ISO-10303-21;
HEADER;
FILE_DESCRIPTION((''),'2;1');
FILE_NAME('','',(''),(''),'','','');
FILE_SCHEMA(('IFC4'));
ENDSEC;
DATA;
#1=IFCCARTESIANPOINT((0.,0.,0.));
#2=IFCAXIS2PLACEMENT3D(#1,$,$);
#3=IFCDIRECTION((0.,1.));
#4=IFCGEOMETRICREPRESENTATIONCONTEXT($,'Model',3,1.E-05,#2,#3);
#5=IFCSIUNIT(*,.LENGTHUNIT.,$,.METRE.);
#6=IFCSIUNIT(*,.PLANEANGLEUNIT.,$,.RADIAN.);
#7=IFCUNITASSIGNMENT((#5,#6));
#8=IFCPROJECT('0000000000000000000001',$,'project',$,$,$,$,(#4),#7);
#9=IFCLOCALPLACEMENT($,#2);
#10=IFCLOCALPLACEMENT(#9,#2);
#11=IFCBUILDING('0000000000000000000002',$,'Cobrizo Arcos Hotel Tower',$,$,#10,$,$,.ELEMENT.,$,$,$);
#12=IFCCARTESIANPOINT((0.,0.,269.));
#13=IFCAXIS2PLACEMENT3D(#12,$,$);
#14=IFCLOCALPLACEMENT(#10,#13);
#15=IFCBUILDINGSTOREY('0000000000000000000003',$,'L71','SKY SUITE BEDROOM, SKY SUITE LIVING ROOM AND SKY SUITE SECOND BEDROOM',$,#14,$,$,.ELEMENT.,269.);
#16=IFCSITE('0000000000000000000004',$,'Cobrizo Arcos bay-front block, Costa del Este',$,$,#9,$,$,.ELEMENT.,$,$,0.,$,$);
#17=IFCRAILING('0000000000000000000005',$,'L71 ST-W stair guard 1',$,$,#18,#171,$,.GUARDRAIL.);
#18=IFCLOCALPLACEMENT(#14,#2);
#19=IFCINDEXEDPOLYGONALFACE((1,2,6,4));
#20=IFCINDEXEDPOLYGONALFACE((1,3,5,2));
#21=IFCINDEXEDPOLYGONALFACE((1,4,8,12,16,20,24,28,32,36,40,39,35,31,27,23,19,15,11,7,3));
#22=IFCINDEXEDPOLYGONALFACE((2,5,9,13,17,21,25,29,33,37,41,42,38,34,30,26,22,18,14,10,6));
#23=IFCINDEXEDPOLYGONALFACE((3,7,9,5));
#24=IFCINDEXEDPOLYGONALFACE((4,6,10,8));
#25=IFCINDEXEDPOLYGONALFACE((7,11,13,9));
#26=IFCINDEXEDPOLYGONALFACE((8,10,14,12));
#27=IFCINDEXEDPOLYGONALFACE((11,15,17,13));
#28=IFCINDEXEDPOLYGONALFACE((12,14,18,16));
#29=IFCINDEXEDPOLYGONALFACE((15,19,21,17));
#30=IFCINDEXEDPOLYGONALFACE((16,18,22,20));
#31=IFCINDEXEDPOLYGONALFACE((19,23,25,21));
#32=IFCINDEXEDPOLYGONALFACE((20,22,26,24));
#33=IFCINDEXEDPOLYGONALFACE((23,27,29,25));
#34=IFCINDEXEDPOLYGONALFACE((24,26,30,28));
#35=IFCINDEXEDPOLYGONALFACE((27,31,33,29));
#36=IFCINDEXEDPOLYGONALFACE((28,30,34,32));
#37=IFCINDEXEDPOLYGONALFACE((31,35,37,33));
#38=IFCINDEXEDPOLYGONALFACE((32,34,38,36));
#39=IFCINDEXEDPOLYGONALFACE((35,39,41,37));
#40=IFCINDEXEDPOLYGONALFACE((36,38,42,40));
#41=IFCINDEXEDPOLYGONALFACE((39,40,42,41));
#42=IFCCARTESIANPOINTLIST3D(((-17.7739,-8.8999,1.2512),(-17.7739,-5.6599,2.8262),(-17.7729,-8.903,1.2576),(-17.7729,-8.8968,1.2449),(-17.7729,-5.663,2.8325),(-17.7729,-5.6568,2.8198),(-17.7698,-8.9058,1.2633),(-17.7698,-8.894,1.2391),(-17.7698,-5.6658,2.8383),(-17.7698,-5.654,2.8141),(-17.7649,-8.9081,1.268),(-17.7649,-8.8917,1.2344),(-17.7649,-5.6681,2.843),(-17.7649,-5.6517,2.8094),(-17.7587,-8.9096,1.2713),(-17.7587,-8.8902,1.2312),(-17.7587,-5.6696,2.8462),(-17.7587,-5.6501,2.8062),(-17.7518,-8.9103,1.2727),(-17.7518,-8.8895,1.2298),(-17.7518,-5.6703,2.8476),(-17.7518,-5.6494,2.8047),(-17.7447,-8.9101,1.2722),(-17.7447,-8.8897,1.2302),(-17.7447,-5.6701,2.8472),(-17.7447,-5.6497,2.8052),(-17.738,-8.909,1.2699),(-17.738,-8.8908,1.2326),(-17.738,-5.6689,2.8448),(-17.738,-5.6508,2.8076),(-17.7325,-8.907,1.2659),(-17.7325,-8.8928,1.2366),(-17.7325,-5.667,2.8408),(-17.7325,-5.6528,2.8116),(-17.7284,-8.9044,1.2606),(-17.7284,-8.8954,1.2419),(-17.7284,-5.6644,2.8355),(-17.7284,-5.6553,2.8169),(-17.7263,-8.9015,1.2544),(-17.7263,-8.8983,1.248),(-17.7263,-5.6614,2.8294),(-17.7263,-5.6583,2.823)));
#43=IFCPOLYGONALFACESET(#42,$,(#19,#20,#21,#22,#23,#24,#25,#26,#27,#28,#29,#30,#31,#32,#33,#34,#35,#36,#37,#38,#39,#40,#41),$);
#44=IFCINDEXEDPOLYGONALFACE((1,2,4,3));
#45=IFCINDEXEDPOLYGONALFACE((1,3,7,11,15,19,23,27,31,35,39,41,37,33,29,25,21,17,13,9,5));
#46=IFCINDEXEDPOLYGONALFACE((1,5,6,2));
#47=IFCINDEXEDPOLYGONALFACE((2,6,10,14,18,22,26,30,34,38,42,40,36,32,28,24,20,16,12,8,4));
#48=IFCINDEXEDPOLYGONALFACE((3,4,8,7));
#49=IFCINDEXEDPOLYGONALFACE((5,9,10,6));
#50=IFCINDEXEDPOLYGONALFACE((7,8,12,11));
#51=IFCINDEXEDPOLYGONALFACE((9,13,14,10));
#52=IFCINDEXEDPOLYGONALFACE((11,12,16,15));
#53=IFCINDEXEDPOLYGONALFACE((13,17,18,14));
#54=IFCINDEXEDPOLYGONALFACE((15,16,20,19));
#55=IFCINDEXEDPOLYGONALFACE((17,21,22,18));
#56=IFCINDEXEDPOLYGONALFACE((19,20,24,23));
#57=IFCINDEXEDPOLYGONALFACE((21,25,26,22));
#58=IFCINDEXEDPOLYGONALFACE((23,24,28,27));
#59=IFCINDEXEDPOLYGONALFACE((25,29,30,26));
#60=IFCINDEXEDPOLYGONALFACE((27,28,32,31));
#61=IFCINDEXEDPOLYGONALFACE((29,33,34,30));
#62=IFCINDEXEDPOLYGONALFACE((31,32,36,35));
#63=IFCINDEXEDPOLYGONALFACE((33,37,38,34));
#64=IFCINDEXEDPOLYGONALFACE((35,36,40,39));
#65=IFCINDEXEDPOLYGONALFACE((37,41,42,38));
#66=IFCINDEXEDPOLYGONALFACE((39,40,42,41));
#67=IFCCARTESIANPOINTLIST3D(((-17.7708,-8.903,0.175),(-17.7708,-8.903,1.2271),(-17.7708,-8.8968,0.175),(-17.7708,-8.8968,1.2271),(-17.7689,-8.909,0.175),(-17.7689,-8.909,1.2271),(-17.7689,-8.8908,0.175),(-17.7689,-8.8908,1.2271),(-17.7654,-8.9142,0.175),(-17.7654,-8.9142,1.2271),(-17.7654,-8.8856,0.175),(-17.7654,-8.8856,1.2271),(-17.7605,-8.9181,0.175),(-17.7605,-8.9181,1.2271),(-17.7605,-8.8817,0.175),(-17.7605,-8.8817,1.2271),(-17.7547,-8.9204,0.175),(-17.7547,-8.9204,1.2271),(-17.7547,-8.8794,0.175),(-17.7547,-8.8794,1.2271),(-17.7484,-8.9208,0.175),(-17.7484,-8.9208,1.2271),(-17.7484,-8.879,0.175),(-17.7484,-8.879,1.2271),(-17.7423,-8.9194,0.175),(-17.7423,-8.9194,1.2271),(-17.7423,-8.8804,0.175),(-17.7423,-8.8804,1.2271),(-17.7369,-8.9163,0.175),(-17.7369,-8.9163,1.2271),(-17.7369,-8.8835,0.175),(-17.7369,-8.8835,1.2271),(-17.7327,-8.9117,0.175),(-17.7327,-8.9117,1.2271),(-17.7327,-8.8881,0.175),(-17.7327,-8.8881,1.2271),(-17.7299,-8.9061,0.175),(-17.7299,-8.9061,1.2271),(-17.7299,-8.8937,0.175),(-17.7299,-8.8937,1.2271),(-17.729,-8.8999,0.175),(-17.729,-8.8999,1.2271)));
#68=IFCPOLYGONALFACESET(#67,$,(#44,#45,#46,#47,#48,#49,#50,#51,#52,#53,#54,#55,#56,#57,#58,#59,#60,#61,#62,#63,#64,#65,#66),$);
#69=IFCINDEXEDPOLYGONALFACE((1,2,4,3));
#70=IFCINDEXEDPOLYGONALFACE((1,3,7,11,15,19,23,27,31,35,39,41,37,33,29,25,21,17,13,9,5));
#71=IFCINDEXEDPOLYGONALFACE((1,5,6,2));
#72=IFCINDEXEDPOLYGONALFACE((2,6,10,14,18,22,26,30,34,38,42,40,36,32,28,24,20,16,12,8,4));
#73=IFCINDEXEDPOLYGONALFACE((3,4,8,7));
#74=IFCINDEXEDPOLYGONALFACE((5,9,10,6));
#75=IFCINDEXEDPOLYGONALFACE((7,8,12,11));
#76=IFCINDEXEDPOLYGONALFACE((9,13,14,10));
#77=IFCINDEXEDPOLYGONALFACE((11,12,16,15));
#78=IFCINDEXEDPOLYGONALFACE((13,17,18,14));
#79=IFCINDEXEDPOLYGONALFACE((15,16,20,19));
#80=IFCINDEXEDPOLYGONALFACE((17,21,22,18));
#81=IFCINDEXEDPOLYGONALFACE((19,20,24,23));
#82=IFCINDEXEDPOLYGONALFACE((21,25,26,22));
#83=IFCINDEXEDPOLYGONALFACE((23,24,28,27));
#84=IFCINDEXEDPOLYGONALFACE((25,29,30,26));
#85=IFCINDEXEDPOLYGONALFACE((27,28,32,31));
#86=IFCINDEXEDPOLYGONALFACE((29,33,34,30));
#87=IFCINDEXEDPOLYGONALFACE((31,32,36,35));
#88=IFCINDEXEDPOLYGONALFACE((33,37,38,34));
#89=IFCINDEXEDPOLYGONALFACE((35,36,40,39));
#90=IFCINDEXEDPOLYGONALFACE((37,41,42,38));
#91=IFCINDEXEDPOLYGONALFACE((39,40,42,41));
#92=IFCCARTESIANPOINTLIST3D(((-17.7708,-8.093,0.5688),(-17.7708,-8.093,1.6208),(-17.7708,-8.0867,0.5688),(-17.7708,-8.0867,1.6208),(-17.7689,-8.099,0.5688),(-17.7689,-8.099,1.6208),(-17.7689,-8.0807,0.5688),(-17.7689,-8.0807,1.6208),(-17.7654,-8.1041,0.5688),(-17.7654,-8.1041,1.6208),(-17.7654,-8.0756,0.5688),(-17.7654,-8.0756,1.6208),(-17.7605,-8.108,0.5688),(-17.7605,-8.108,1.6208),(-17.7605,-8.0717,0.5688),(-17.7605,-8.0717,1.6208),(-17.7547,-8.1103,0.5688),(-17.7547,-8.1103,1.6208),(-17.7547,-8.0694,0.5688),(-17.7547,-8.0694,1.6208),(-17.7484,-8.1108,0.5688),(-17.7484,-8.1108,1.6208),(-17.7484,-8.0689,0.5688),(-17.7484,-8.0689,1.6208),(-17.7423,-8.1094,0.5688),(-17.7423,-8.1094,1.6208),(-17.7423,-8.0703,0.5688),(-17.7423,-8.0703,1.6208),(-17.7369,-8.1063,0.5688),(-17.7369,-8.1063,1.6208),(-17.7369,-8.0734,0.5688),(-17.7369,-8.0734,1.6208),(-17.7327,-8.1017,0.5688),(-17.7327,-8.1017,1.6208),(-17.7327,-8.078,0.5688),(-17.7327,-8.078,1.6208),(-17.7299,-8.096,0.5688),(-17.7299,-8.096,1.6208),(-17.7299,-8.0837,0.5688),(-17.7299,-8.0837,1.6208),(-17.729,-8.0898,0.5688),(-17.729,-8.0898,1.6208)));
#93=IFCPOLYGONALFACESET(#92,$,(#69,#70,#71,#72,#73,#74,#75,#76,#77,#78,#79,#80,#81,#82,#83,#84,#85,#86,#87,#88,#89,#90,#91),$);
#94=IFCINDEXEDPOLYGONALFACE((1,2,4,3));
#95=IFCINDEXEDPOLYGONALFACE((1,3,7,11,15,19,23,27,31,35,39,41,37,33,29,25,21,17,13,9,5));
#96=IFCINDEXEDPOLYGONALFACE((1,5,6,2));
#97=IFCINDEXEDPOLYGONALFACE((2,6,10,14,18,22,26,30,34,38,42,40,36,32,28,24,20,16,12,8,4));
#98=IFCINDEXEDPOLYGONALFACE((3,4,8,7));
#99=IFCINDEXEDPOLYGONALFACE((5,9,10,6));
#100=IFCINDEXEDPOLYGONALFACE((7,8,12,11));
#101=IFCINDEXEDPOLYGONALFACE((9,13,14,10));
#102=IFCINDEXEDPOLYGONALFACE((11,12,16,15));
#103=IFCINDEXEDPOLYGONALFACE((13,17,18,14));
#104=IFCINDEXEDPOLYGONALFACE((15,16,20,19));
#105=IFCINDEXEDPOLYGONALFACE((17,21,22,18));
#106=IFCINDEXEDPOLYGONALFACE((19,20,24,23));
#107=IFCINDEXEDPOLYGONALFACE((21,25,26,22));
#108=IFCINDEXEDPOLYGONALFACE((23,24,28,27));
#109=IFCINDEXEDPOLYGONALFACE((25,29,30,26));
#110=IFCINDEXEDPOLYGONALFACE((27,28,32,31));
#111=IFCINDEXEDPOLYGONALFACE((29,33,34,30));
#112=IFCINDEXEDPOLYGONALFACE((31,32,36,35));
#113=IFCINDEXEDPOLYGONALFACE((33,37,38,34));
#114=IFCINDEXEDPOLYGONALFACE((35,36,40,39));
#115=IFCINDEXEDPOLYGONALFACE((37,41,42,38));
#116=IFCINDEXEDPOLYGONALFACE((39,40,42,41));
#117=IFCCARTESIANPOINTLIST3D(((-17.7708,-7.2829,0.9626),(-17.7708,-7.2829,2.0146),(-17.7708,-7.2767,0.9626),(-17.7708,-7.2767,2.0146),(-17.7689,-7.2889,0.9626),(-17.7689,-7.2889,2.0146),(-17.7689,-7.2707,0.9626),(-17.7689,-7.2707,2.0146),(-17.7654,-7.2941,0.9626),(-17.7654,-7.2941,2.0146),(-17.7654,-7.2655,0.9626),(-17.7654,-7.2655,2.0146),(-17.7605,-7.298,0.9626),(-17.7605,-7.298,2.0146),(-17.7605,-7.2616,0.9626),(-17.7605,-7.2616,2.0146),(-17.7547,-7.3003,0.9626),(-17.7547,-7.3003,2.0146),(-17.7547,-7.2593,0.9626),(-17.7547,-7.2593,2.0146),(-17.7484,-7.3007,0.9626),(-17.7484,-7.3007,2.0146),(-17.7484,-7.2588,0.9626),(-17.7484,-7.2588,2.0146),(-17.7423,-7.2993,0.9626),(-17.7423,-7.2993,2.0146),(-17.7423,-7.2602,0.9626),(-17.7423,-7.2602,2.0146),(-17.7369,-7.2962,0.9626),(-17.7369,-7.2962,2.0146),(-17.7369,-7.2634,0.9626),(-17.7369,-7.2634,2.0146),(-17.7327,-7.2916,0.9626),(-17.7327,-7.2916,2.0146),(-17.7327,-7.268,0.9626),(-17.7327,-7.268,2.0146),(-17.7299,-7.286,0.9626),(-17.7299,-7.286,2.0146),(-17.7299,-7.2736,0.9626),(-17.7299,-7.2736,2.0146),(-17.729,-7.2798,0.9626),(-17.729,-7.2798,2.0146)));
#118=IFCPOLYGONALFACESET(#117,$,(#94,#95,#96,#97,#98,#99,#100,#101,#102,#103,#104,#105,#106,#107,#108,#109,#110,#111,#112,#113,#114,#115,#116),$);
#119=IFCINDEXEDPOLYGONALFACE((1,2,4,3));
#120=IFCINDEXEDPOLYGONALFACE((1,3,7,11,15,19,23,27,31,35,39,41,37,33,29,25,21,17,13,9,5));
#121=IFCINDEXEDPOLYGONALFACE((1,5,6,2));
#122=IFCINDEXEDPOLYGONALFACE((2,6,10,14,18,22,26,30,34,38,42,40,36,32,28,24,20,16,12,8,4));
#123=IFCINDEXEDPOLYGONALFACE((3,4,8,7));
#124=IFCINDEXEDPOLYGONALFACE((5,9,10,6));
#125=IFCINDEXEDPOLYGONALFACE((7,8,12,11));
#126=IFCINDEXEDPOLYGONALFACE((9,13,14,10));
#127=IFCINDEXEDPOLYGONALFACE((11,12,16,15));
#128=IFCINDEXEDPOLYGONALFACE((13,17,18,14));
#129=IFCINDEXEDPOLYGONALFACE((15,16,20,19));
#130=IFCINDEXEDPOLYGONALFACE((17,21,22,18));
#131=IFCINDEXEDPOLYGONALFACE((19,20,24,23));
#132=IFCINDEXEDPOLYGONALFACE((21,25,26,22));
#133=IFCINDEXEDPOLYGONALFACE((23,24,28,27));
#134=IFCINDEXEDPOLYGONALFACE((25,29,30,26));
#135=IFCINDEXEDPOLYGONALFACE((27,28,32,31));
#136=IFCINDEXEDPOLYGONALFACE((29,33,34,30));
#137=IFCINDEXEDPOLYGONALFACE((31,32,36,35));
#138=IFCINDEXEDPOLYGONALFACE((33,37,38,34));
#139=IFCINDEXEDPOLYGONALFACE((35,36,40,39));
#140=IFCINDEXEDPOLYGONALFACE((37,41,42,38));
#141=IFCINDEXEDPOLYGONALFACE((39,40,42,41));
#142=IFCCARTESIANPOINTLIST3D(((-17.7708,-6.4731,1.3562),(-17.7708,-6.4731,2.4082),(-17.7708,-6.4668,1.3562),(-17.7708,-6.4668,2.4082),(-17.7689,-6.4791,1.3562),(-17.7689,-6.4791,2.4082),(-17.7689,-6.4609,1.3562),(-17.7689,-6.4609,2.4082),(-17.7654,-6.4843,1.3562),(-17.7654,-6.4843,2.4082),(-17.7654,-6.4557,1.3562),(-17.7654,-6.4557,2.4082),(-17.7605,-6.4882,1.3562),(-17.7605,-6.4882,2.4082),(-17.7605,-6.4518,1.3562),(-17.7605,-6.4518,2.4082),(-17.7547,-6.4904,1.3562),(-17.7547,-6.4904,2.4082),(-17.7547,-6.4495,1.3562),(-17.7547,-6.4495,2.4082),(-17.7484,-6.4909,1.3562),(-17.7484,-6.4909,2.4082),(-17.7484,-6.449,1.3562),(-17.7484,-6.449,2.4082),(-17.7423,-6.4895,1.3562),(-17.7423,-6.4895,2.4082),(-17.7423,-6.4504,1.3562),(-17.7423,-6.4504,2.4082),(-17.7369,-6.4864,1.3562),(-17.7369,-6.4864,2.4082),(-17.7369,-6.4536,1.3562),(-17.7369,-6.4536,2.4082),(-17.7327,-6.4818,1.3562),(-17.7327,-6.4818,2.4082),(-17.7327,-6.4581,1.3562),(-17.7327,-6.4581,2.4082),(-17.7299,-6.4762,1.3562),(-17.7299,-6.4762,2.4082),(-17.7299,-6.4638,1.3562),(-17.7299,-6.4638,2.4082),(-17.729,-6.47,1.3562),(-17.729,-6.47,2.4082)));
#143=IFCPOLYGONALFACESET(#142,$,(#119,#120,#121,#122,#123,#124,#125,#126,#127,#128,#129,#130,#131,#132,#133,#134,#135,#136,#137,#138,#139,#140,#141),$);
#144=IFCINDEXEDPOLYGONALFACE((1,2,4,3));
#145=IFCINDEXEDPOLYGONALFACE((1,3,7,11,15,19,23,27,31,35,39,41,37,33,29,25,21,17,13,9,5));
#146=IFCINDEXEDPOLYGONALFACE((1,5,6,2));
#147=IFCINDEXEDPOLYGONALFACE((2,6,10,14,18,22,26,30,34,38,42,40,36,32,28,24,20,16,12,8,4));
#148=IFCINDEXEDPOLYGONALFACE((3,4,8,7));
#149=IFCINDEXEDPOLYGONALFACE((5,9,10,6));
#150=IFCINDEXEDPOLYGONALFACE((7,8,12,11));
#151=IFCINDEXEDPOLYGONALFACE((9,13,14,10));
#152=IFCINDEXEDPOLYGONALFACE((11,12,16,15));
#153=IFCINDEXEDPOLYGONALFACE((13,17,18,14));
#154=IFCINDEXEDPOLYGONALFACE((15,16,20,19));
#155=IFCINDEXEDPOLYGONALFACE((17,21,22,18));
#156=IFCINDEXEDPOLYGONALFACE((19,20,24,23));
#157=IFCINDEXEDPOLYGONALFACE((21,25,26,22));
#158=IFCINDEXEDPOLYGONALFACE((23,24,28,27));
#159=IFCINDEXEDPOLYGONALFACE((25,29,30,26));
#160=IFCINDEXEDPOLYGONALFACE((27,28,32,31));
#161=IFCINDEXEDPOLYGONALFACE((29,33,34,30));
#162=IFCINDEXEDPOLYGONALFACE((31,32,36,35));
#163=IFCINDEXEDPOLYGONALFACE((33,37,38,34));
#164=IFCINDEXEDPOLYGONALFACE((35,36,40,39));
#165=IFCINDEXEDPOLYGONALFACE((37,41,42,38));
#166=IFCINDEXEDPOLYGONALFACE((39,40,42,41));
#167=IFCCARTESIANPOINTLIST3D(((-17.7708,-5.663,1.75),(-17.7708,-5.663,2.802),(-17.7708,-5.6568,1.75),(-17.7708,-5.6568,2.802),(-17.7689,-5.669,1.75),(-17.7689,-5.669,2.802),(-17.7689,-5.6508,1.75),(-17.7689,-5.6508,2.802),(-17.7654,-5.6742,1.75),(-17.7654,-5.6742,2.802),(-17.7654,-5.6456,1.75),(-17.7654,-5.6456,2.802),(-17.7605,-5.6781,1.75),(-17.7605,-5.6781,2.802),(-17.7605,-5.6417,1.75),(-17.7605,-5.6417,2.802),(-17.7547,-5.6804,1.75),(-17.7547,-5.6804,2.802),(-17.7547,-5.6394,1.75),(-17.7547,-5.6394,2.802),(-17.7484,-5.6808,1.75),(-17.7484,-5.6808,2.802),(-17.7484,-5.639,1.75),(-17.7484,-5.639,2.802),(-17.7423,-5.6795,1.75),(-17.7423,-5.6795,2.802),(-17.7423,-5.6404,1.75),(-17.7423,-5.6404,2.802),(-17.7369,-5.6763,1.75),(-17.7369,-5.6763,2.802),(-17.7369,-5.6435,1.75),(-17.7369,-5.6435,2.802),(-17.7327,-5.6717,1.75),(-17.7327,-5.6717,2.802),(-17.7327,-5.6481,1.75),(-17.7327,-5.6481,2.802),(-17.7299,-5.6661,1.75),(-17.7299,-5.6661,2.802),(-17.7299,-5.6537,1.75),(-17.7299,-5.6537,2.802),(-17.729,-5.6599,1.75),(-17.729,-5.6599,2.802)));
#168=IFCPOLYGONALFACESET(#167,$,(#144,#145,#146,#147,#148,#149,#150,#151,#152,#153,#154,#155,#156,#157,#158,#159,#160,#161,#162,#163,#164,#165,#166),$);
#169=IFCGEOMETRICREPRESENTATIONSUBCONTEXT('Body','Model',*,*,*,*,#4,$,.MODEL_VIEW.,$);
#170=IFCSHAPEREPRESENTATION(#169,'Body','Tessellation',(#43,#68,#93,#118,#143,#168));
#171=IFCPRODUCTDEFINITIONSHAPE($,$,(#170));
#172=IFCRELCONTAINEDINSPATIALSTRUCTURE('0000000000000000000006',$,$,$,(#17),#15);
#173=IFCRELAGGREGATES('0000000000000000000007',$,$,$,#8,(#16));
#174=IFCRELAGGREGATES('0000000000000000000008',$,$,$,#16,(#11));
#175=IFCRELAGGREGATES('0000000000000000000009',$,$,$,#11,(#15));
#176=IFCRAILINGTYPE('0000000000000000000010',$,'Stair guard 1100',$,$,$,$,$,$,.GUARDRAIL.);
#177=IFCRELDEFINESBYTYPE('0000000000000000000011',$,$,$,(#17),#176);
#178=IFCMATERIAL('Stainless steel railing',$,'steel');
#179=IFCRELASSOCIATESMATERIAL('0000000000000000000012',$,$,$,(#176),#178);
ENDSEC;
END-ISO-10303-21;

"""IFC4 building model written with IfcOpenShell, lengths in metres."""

from ifc_helpers import new_model, si_unit, direction, frame, origin, origin_2d, place, context, subcontext, project, spatial, circle, extrude, material, type_object, element, save


model = new_model("IFC4")

# Units and contexts
model_context = context("Model", 3, precision=1e-05, world=origin(), true_north=direction((0.0, 1.0)))
body_context = subcontext(model_context, "Body", "Model", "MODEL_VIEW")
ifc_project = project(units=[si_unit("LENGTHUNIT", "METRE"), si_unit("PLANEANGLEUNIT", "RADIAN")], contexts=[model_context])

# Site, building, storey
site_placement = place(None, origin())
site = spatial("IfcSite", under=ifc_project, at=site_placement, Name="Cobrizo Arcos bay-front block, Costa del Este", CompositionType="ELEMENT", RefElevation=0.0)
building_placement = place(site_placement, origin())
building = spatial("IfcBuilding", under=site, at=building_placement, Name="Cobrizo Arcos Hotel Tower", CompositionType="ELEMENT")
storey_placement = place(building_placement, frame((0.0, 0.0, 269.0)))
storey = spatial("IfcBuildingStorey", under=building, at=storey_placement, Name="L71", Description="SKY SUITE BEDROOM, SKY SUITE LIVING ROOM AND SKY SUITE SECOND BEDROOM", CompositionType="ELEMENT", Elevation=269.0)

# Railing
ifc_material_1 = material(Name="Stainless steel railing", Category="steel")
railing_type_1 = type_object("IfcRailingType", Name="Stair guard 1100", PredefinedType="GUARDRAIL", material=ifc_material_1)
railing_1_placement = place(storey_placement, frame((-17.75, -8.8999, 0.175)))
element("IfcRailing", 1, at=railing_1_placement, inside=storey, type_object=railing_type_1, Name="L71 ST-W stair guard 1", PredefinedType="GUARDRAIL", context=body_context, shape_type="SweptSolid", body=[
    extrude(circle(Radius=0.0239, at=origin_2d()), frame((0.0, 0.0, 1.0762), z_axis=(0.0, 0.899373, 0.437183), x_axis=(-1.0, 0.0, 0.0)), (0.0, 0.0, 1.0), 3.6025),
    extrude(circle(Radius=0.021, at=origin_2d()), origin(), (0.0, 0.0, 1.0), 1.052),
    extrude(circle(Radius=0.021, at=origin_2d()), frame((0.0, 0.8101, 0.3938)), (0.0, 0.0, 1.0), 1.052),
    extrude(circle(Radius=0.021, at=origin_2d()), frame((0.0, 1.6201, 0.7876)), (0.0, 0.0, 1.0), 1.052),
    extrude(circle(Radius=0.021, at=origin_2d()), frame((0.0, 2.4299, 1.1812)), (0.0, 0.0, 1.0), 1.052),
    extrude(circle(Radius=0.021, at=origin_2d()), frame((0.0, 3.24, 1.575)), (0.0, 0.0, 1.0), 1.052),
])

save(model, "model.ifc")
